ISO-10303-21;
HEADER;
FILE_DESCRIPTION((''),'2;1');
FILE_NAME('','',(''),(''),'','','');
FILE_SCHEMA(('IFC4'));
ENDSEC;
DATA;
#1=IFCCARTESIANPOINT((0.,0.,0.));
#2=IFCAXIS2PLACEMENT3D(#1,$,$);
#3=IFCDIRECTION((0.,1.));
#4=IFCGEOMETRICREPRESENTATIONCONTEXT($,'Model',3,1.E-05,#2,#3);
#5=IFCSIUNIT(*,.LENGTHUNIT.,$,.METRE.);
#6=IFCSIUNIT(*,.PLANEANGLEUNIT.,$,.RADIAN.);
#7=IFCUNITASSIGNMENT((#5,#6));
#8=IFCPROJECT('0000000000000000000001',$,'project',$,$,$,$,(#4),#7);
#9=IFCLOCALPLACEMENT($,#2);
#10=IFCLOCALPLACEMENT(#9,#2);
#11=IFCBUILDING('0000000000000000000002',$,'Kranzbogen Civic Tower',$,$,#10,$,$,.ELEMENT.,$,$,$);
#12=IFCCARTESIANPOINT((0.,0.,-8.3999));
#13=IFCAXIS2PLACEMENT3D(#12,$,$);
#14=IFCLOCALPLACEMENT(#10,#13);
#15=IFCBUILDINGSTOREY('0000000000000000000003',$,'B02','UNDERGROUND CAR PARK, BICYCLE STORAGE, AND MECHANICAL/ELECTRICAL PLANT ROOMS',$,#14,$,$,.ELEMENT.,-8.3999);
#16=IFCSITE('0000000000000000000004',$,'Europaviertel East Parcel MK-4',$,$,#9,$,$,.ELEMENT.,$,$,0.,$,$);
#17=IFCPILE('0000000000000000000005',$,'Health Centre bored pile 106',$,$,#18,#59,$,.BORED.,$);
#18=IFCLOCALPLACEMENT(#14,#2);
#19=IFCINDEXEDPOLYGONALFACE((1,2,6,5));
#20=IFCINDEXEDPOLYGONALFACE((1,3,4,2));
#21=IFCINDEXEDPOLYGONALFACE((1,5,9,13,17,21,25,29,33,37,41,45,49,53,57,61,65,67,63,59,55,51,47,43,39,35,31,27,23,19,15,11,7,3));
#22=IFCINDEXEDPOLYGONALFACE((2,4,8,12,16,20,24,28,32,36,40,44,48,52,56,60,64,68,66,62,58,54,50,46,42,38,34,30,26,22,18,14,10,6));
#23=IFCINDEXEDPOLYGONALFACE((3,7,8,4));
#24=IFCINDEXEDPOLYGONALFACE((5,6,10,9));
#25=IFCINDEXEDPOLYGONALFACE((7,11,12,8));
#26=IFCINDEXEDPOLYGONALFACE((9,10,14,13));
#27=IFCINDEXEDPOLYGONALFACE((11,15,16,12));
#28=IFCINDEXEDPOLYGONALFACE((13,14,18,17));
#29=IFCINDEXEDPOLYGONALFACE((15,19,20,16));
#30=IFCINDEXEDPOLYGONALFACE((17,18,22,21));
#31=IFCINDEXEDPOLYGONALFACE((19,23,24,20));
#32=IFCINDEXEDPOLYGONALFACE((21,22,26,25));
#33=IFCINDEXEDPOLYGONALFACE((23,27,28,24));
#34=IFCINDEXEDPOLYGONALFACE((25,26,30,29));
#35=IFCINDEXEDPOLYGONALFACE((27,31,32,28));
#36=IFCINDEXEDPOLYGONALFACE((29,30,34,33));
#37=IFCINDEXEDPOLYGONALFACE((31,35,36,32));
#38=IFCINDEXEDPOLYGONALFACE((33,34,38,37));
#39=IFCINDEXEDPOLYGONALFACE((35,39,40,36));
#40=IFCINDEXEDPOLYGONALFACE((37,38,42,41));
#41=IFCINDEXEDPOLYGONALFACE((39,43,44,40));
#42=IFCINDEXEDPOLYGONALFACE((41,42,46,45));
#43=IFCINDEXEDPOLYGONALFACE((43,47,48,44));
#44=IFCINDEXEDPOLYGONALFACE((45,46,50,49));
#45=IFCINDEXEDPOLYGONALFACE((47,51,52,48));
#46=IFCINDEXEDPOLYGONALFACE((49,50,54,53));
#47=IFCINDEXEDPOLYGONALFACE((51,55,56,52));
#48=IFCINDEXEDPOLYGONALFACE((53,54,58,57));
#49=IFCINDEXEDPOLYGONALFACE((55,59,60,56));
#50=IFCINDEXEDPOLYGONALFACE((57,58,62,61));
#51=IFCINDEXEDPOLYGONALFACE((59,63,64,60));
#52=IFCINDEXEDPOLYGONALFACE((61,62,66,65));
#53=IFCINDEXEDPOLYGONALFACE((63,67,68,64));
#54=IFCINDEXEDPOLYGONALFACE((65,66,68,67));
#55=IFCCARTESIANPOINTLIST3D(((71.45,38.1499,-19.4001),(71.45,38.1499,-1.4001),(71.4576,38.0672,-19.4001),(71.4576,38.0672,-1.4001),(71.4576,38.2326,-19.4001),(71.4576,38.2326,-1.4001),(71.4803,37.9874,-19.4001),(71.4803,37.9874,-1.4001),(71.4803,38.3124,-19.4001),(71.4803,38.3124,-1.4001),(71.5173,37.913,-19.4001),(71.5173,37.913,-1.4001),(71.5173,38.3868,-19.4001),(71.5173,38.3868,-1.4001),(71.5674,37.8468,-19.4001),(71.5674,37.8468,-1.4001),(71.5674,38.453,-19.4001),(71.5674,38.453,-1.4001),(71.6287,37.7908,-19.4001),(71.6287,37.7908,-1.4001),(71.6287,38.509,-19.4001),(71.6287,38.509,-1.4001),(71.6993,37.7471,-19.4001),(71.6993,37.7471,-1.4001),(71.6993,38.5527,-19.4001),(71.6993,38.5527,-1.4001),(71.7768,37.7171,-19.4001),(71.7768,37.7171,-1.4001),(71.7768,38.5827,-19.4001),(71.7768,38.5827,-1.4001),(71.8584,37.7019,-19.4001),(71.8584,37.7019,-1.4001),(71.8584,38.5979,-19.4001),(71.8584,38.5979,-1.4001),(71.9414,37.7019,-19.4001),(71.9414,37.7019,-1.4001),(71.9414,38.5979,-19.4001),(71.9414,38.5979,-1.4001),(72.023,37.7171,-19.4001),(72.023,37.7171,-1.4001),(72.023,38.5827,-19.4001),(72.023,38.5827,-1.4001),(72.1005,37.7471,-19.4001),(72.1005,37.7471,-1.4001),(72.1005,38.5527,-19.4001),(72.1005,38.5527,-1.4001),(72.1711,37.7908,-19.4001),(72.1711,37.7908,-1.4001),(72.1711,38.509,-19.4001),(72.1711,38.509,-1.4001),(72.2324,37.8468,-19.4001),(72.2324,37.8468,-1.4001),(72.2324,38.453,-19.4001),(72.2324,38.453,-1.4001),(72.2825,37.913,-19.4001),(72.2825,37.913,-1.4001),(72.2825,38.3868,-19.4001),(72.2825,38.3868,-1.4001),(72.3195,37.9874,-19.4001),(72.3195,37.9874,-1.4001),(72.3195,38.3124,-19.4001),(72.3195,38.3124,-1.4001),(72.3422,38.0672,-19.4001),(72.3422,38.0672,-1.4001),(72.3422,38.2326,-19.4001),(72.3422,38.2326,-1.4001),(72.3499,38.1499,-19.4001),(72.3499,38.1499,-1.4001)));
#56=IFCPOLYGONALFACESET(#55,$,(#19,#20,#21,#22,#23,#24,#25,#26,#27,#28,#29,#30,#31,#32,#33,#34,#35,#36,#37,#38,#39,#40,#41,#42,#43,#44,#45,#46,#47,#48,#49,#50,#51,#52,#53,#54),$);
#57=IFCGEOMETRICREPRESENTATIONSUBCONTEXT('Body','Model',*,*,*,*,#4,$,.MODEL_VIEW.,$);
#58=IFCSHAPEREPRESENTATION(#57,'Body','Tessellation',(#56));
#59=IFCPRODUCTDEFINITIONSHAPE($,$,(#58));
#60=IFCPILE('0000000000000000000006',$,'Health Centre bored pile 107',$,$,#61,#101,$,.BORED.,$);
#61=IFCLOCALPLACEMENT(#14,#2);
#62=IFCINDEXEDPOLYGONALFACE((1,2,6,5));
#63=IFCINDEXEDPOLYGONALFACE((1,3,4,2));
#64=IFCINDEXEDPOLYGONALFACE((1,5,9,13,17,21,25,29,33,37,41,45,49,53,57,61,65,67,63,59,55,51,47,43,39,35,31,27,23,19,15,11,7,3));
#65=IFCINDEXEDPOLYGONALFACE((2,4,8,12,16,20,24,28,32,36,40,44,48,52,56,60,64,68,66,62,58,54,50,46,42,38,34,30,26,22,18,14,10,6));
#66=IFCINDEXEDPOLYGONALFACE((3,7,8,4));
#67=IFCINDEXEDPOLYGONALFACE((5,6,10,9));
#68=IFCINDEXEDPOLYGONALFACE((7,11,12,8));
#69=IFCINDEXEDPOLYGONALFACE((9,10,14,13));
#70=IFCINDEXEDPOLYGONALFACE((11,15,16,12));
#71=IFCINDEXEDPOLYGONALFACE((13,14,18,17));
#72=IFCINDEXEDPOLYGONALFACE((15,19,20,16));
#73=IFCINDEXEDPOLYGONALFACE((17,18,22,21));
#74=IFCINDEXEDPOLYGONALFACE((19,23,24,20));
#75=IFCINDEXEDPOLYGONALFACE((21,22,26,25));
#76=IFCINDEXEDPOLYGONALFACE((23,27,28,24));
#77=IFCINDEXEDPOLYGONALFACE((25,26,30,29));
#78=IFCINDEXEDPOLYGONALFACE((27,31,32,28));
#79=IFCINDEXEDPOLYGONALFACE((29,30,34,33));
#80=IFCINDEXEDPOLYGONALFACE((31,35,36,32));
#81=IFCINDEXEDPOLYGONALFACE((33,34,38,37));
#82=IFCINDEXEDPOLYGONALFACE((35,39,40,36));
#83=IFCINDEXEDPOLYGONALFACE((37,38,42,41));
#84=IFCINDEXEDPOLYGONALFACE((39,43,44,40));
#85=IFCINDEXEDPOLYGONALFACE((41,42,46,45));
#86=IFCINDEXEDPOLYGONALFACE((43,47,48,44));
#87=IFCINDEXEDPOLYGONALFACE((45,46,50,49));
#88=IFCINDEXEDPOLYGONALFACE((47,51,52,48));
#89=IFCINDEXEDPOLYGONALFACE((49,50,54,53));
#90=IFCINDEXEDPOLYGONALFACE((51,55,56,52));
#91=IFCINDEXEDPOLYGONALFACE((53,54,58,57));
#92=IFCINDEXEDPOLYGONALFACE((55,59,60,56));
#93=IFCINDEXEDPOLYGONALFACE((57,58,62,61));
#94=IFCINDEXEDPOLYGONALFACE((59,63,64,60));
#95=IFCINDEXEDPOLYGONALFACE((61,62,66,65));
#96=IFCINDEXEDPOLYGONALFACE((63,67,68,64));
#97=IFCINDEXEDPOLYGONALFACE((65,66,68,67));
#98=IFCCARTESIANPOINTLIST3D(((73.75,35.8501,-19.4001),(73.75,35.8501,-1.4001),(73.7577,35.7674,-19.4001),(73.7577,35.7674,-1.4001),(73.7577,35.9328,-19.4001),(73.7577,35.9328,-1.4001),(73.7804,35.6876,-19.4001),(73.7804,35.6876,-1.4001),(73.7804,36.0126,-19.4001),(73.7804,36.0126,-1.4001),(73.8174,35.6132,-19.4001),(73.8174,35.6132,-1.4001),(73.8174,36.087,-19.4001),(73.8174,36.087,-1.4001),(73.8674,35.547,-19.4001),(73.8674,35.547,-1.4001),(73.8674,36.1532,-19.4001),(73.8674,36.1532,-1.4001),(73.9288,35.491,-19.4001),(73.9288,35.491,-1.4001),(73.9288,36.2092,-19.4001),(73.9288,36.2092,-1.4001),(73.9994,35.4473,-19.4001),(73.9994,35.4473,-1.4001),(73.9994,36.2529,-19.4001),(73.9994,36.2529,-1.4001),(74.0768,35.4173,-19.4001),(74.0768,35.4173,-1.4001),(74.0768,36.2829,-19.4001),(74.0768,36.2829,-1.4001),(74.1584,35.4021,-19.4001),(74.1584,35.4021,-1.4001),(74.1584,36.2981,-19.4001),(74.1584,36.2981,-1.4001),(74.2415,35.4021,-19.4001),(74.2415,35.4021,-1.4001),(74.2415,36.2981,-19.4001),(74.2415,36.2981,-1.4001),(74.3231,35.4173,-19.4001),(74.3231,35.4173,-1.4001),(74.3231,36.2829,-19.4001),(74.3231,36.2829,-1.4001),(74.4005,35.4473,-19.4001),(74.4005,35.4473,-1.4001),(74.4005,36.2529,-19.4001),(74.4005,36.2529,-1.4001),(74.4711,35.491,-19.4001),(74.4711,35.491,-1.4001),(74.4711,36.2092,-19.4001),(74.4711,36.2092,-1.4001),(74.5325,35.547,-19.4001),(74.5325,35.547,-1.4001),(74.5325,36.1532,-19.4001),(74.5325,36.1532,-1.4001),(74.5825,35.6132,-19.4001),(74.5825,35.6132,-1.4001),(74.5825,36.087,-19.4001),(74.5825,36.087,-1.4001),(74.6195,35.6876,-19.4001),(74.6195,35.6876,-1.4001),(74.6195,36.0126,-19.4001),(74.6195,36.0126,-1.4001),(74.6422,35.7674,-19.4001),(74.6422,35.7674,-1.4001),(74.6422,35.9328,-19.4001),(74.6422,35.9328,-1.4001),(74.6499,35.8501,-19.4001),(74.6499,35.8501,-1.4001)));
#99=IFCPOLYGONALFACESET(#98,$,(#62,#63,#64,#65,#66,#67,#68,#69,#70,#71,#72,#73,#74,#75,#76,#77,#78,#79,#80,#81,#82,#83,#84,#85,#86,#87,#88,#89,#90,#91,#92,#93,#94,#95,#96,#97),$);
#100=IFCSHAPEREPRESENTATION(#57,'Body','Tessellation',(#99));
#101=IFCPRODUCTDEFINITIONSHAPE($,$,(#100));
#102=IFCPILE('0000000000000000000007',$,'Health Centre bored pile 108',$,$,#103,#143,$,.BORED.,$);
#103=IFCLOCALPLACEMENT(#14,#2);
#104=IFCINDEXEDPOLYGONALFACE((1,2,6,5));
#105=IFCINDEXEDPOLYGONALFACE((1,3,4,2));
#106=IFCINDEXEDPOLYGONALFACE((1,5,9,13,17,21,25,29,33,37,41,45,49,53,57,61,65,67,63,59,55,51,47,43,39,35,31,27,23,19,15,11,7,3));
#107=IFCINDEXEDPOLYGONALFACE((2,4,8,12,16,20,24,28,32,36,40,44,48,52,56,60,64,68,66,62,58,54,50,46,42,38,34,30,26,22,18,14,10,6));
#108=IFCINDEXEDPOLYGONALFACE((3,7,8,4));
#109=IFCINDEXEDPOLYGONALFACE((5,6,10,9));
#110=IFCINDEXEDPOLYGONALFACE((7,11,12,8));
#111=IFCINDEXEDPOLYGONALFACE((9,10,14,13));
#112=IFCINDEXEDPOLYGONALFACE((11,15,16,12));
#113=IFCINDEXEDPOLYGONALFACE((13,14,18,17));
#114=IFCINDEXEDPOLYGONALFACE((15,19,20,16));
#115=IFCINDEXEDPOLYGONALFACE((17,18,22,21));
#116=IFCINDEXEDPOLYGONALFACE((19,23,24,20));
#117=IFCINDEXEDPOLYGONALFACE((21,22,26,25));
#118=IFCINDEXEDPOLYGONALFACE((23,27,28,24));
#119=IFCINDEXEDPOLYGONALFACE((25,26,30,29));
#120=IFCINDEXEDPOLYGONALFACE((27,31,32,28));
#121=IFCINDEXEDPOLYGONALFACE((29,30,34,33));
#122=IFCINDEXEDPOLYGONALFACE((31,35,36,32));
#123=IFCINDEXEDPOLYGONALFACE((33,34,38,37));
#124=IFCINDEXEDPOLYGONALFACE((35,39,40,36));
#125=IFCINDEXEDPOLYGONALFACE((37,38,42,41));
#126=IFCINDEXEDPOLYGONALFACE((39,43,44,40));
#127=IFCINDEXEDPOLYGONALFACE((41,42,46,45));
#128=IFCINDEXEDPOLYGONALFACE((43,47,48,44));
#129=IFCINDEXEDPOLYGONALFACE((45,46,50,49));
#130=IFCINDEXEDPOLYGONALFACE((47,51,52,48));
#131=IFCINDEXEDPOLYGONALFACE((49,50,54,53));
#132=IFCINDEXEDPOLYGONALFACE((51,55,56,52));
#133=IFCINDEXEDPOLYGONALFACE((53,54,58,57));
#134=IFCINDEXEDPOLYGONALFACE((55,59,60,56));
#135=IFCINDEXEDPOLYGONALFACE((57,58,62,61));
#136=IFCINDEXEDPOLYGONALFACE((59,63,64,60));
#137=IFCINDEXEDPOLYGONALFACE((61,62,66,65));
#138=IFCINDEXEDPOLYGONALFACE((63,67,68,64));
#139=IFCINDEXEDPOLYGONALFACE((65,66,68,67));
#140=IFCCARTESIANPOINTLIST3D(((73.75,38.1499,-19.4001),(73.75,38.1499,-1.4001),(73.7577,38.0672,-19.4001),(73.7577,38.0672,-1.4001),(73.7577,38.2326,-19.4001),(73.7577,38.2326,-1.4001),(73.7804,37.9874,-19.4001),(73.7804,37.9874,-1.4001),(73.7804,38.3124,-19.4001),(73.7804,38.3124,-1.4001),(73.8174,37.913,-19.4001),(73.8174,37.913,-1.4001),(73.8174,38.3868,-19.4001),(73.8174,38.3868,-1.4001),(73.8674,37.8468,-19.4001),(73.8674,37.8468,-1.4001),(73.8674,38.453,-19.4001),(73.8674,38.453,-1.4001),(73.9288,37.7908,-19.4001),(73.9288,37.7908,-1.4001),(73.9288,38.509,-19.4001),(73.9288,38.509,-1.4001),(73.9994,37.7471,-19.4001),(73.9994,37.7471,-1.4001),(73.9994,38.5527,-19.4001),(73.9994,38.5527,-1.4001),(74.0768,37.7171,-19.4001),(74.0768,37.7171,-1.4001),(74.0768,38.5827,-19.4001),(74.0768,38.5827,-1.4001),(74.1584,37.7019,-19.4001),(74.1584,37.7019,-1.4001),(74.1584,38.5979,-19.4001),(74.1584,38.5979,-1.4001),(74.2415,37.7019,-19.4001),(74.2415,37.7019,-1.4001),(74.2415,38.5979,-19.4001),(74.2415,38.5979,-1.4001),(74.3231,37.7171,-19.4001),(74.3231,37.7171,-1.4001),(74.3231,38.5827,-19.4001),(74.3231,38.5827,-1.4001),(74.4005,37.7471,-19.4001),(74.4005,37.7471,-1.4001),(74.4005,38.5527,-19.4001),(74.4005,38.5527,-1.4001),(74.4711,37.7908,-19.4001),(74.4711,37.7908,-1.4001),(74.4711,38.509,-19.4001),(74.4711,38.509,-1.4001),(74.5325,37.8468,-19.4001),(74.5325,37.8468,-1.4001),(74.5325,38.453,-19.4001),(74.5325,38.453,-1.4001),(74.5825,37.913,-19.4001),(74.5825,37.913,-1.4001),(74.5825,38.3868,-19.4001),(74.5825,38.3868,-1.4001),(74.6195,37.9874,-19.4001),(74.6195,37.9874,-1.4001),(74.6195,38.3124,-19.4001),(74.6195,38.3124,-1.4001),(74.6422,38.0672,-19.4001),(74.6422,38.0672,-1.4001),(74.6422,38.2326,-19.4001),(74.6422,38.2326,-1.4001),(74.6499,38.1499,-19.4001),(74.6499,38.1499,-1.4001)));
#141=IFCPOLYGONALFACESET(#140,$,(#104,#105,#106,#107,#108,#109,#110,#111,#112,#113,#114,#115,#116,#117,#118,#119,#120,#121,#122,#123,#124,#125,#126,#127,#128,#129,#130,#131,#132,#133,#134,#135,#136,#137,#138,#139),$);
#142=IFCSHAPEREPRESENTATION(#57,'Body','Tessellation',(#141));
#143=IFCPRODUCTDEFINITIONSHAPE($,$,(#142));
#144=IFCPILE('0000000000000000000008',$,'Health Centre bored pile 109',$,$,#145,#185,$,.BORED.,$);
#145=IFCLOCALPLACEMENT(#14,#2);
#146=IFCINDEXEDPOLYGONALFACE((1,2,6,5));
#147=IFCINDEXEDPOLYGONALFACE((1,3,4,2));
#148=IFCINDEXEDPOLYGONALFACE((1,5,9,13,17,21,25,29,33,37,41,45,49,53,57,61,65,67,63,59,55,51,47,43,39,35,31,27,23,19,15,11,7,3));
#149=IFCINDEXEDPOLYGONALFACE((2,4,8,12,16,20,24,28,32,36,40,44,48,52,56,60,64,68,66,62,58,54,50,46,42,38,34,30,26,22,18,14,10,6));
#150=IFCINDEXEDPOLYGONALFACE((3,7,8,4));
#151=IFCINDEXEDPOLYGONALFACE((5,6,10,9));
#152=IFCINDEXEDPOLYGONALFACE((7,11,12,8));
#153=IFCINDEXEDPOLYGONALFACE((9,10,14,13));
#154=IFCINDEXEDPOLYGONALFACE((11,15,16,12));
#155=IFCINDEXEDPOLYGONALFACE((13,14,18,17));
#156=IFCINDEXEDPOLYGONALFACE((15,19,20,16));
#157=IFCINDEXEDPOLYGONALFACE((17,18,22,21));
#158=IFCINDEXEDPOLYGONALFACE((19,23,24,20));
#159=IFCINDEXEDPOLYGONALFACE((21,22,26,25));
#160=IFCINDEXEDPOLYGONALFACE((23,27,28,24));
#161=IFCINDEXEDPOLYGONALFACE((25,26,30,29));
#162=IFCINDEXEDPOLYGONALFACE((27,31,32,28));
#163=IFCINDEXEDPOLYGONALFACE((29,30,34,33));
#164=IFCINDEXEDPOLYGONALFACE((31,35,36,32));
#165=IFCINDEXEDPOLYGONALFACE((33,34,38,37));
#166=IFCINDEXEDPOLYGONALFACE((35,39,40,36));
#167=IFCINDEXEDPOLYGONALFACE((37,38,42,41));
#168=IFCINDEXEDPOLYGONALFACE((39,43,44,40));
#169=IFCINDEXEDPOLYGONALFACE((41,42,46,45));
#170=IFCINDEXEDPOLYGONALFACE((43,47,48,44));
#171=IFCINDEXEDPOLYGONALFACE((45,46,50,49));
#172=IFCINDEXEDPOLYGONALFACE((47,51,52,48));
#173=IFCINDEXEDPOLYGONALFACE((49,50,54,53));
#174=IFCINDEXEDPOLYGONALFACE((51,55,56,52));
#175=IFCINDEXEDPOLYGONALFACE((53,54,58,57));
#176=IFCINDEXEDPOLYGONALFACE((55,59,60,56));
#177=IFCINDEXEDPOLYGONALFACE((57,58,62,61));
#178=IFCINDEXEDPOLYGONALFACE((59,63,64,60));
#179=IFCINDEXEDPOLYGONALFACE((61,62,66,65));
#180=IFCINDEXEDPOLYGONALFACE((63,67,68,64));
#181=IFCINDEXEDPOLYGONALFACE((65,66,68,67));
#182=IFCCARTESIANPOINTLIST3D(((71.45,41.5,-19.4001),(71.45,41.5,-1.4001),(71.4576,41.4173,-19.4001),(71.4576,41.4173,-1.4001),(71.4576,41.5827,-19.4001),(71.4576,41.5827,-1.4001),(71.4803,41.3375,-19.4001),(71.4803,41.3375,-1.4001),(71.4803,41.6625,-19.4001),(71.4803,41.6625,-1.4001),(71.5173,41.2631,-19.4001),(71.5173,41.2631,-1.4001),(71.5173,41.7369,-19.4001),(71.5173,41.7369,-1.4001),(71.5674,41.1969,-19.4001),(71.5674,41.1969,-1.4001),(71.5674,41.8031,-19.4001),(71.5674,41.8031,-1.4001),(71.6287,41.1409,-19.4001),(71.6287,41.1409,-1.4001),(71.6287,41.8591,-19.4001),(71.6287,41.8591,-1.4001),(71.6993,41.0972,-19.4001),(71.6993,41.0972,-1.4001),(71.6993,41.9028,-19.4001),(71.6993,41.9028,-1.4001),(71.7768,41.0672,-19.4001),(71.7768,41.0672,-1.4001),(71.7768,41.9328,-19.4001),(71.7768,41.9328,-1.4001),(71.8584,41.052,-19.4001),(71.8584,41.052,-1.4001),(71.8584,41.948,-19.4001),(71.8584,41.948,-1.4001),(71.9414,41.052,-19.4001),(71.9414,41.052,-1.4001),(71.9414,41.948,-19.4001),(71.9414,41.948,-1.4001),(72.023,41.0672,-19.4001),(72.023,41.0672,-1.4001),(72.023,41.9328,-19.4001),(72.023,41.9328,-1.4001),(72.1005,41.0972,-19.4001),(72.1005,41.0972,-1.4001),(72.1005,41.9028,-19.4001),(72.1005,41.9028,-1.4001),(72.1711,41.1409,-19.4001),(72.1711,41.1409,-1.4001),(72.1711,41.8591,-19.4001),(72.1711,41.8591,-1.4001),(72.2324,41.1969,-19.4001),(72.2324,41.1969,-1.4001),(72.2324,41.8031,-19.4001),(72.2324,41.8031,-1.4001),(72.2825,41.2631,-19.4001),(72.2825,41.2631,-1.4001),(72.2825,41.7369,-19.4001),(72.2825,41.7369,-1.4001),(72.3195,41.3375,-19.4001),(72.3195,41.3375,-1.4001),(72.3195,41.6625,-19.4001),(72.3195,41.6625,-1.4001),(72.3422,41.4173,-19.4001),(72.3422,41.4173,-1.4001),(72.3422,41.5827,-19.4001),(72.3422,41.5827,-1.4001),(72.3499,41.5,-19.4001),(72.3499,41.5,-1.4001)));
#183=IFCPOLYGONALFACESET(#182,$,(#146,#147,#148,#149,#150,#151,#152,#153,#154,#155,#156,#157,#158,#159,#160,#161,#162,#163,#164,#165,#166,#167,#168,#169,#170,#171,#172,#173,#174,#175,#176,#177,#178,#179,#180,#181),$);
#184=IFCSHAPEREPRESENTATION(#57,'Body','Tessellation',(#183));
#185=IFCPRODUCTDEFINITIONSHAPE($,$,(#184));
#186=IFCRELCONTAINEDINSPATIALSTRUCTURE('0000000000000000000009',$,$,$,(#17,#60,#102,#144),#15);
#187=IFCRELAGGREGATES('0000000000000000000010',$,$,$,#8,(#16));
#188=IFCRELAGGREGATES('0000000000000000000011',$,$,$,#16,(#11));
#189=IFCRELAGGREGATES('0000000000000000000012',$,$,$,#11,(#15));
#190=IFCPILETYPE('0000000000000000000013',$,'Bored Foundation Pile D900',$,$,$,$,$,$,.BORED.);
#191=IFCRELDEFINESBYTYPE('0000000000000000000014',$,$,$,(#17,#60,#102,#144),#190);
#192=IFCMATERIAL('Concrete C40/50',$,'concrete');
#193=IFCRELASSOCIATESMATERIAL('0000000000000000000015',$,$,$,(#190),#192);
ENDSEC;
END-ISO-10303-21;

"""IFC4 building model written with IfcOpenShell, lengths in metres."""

from ifc_helpers import new_model, si_unit, direction, frame, origin, origin_2d, place, context, subcontext, project, spatial, circle, extrude, material, material_profile, profile_set, type_object, element, save


model = new_model("IFC4")

# Units and contexts
model_context = context("Model", 3, precision=1e-05, world=origin(), true_north=direction((0.0, 1.0)))
body_context = subcontext(model_context, "Body", "Model", "MODEL_VIEW")
ifc_project = project(units=[si_unit("LENGTHUNIT", "METRE"), si_unit("PLANEANGLEUNIT", "RADIAN")], contexts=[model_context])

# Site, building, storey
site_placement = place(None, origin())
site = spatial("IfcSite", under=ifc_project, at=site_placement, Name="Europaviertel East Parcel MK-4", CompositionType="ELEMENT", RefElevation=0.0)
building_placement = place(site_placement, origin())
building = spatial("IfcBuilding", under=site, at=building_placement, Name="Kranzbogen Civic Tower", CompositionType="ELEMENT")
storey_placement = place(building_placement, frame((0.0, 0.0, -8.3999)))
storey = spatial("IfcBuildingStorey", under=building, at=storey_placement, Name="B02", Description="UNDERGROUND CAR PARK, BICYCLE STORAGE, AND MECHANICAL/ELECTRICAL PLANT ROOMS", CompositionType="ELEMENT", Elevation=-8.3999)

# Piles
ifc_material_1 = material(Name="Concrete C40/50", Category="concrete")
ifc_material_profile_1 = material_profile(ifc_material_1, circle(Radius=0.45, at=origin_2d()), Name="PILE D900")
ifc_profile_set_1 = profile_set([ifc_material_profile_1], Name="Concrete C40/50")
pile_type = type_object("IfcPileType", Name="Bored Foundation Pile D900", PredefinedType="BORED", material=ifc_profile_set_1)
for number, where, z_axis, x_axis, name in (
    (1, (71.8999, 38.1499, -1.4001), (0.0, 0.0, -1.0), (1.0, 0.0, 0.0), "Health Centre bored pile 106"),
    (2, (74.2, 35.8501, -1.4001), (0.0, 0.0, -1.0), (1.0, 0.0, 0.0), "Health Centre bored pile 107"),
    (3, (74.2, 38.1499, -1.4001), (0.0, 0.0, -1.0), (1.0, 0.0, 0.0), "Health Centre bored pile 108"),
    (4, (71.8999, 41.5, -1.4001), (0.0, 0.0, -1.0), (1.0, 0.0, 0.0), "Health Centre bored pile 109"),
):
    element("IfcPile", number, at=place(storey_placement, frame(where, z_axis=z_axis, x_axis=x_axis)), inside=storey, type_object=pile_type, Name=name, PredefinedType="BORED", context=body_context, shape_type="SweptSolid", body=[
        extrude(circle(Radius=0.45, at=origin_2d()), origin(), (0.0, 0.0, 1.0), 18.0),
    ])

save(model, "model.ifc")
